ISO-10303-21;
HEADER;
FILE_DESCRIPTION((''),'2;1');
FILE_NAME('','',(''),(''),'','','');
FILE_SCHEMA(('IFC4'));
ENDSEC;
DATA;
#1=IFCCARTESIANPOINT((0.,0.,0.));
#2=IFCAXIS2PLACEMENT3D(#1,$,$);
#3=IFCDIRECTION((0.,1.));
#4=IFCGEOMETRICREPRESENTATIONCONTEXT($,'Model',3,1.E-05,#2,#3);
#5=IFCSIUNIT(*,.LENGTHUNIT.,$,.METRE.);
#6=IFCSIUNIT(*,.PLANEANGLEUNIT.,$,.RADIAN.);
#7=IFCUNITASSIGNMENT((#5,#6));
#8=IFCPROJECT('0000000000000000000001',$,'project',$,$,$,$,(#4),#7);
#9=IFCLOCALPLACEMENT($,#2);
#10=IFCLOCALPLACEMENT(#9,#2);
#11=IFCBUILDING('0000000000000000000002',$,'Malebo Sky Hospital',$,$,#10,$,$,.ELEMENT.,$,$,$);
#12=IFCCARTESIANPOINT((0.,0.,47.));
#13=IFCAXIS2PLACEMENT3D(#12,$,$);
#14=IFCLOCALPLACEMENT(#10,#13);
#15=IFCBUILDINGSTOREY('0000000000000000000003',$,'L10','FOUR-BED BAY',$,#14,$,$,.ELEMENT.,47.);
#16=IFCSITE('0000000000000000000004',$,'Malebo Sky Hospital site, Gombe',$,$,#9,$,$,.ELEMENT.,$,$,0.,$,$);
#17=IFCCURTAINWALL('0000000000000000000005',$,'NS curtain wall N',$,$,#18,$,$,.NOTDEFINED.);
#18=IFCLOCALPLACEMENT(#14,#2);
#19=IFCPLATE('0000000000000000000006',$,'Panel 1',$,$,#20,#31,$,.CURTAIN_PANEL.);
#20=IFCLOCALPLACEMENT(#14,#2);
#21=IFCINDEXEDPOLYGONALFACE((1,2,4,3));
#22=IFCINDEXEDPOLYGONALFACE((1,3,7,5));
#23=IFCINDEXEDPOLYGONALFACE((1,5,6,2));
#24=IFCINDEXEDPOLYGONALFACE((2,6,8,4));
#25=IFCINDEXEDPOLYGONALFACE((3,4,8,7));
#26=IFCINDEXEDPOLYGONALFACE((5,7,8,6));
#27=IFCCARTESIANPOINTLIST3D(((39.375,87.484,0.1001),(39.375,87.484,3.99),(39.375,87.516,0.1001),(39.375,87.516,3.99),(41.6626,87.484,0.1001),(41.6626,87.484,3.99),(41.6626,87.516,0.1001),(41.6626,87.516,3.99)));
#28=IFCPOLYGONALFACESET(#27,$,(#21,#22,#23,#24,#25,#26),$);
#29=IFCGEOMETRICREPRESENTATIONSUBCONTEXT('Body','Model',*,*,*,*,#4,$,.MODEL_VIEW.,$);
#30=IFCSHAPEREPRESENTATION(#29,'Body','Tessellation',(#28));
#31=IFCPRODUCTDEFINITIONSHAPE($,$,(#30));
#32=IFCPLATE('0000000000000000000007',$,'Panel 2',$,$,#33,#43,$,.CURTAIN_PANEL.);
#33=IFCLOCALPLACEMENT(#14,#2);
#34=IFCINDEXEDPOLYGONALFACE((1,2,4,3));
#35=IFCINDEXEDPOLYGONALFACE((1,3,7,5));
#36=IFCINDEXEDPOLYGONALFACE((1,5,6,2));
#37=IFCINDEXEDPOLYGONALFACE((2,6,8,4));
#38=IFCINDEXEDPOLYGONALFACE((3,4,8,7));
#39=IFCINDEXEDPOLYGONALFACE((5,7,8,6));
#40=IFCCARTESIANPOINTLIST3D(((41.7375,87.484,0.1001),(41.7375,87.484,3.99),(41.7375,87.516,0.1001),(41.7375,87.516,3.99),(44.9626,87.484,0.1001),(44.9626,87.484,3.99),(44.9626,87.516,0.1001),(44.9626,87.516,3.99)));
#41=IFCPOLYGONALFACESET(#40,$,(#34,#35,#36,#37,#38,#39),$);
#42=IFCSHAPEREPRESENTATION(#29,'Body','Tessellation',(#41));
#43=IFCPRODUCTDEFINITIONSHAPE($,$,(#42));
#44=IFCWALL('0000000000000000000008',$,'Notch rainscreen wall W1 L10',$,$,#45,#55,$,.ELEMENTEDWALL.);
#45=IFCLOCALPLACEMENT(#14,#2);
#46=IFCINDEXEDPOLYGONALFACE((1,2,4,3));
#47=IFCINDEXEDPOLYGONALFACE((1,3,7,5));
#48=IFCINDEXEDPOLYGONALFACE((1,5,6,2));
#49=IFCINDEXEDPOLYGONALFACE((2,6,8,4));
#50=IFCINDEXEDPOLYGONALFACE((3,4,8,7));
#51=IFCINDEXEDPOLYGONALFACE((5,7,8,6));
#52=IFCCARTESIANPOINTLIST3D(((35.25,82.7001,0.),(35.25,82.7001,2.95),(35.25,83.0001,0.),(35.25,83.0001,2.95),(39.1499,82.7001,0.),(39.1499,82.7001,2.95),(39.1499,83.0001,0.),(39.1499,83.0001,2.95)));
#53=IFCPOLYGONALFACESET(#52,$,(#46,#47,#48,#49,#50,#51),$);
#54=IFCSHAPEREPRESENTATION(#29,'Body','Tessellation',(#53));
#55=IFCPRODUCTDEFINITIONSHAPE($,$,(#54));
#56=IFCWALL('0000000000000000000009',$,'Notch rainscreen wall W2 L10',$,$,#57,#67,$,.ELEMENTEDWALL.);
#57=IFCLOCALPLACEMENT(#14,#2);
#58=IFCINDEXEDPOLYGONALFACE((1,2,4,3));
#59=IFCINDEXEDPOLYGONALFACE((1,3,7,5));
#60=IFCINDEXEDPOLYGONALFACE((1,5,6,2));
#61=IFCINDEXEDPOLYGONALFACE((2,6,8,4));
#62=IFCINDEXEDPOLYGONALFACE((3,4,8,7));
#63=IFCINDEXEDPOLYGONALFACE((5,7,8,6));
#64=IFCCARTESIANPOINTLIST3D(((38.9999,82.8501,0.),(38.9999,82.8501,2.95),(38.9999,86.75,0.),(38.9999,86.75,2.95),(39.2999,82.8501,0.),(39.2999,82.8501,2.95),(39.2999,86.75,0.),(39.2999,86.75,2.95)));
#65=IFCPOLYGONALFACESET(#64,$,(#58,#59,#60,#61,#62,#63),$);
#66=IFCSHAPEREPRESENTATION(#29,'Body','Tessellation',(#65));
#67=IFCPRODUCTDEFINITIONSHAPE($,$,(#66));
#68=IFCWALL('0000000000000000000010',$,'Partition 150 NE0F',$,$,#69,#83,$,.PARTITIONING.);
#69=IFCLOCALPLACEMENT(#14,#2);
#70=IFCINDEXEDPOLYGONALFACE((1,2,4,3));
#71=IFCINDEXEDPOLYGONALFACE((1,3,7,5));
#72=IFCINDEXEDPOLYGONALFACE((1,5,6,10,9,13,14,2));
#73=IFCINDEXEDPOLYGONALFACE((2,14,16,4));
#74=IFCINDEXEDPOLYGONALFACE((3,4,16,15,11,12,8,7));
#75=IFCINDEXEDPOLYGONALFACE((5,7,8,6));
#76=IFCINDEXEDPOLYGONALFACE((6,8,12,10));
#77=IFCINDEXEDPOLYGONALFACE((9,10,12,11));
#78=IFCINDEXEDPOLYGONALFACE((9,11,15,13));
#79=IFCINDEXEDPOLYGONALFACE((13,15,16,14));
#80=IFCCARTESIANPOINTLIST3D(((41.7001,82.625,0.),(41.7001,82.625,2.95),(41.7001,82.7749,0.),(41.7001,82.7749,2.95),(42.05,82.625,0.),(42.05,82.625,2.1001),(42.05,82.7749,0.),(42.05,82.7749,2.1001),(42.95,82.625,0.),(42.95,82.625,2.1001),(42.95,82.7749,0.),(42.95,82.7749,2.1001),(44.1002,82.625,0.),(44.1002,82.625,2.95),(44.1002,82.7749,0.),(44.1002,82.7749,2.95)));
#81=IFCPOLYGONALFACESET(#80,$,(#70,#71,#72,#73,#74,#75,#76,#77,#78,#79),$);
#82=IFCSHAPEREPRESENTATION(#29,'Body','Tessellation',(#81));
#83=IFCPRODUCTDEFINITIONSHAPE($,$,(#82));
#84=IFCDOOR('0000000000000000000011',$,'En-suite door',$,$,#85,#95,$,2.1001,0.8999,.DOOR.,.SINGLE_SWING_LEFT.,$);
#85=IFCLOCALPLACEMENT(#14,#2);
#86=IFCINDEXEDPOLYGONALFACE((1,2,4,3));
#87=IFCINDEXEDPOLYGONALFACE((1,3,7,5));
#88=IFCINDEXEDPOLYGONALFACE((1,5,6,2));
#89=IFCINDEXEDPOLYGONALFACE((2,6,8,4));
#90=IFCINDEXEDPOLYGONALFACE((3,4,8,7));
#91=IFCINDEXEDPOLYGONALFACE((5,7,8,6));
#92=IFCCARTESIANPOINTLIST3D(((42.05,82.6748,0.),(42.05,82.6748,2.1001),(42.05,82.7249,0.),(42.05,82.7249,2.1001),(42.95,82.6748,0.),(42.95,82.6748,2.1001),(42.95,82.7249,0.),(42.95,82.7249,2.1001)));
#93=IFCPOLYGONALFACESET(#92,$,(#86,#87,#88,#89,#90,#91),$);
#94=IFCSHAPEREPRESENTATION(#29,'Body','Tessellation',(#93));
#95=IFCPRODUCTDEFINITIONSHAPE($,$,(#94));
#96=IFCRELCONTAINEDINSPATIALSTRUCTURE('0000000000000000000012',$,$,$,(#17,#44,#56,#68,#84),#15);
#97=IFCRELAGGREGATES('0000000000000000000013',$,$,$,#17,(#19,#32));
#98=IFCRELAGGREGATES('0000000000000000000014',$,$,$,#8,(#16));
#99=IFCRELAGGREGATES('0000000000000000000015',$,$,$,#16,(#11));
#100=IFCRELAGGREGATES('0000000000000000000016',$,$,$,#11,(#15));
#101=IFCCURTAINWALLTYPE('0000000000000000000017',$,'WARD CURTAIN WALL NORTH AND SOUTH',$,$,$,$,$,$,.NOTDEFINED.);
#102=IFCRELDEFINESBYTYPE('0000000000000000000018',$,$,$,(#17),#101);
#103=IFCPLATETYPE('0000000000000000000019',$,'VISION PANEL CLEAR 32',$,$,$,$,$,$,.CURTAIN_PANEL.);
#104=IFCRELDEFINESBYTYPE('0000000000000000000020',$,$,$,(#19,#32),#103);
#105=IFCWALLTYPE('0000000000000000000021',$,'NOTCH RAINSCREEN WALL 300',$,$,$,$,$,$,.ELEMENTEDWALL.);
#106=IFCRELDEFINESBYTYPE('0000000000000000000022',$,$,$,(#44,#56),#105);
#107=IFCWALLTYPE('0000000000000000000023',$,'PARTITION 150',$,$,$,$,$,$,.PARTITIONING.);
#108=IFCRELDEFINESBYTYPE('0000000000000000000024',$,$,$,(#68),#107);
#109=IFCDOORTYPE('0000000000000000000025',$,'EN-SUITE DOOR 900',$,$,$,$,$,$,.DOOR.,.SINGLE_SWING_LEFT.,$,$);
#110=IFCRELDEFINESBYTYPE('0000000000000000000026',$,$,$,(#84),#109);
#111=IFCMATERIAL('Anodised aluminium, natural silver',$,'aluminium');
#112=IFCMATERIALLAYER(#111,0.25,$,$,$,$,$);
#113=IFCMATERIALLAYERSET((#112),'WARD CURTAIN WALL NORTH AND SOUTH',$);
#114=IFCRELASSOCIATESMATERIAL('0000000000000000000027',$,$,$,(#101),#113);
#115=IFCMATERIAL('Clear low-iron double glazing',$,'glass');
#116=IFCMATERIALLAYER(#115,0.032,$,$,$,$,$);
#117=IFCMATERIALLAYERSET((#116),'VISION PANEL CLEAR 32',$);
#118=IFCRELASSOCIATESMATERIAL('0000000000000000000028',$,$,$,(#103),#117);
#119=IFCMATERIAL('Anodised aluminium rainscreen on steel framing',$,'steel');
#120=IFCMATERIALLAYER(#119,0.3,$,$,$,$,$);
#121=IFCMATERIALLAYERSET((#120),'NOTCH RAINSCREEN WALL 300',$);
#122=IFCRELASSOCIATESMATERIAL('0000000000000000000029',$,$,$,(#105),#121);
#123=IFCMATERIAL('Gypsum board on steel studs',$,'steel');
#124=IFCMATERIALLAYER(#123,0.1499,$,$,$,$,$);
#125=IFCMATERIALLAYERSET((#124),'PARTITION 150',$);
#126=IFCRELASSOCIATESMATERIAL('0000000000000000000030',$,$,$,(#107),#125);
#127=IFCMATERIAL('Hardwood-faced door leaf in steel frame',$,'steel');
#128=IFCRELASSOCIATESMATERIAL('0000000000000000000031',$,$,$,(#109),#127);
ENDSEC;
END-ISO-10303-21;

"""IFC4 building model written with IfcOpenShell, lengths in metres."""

from ifc_helpers import new_model, si_unit, direction, frame, frame_2d, origin, origin_2d, place, context, subcontext, project, spatial, rectangle, extrude, material, layer, layer_set, type_object, element, fill, aggregate, save


model = new_model("IFC4")

# Units and contexts
model_context = context("Model", 3, precision=1e-05, world=origin(), true_north=direction((0.0, 1.0)))
body_context = subcontext(model_context, "Body", "Model", "MODEL_VIEW")
ifc_project = project(units=[si_unit("LENGTHUNIT", "METRE"), si_unit("PLANEANGLEUNIT", "RADIAN")], contexts=[model_context])

# Site, building, storey
site_placement = place(None, origin())
site = spatial("IfcSite", under=ifc_project, at=site_placement, Name="Malebo Sky Hospital site, Gombe", CompositionType="ELEMENT", RefElevation=0.0)
building_placement = place(site_placement, origin())
building = spatial("IfcBuilding", under=site, at=building_placement, Name="Malebo Sky Hospital", CompositionType="ELEMENT")
storey_placement = place(building_placement, frame((0.0, 0.0, 47.0)))
storey = spatial("IfcBuildingStorey", under=building, at=storey_placement, Name="L10", Description="FOUR-BED BAY", CompositionType="ELEMENT", Elevation=47.0)

# Curtain wall
ifc_material_1 = material(Name="Anodised aluminium, natural silver", Category="aluminium")
ifc_layer_1 = layer(ifc_material_1, 0.25)
ifc_layer_set_1 = layer_set([ifc_layer_1], Name="WARD CURTAIN WALL NORTH AND SOUTH")
curtain_wall_type_1 = type_object("IfcCurtainWallType", Name="WARD CURTAIN WALL NORTH AND SOUTH", PredefinedType="NOTDEFINED", material=ifc_layer_set_1)
curtain_wall_1_placement = place(storey_placement, origin())
curtain_wall_1 = element("IfcCurtainWall", 1, at=curtain_wall_1_placement, inside=storey, type_object=curtain_wall_type_1, Name="NS curtain wall N", PredefinedType="NOTDEFINED")

# Plates
ifc_material_2 = material(Name="Clear low-iron double glazing", Category="glass")
ifc_layer_2 = layer(ifc_material_2, 0.032)
ifc_layer_set_2 = layer_set([ifc_layer_2], Name="VISION PANEL CLEAR 32")
plate_type = type_object("IfcPlateType", Name="VISION PANEL CLEAR 32", PredefinedType="CURTAIN_PANEL", material=ifc_layer_set_2)
plate_1_placement = place(storey_placement, frame((40.5188, 87.5, 0.1001), z_axis=(0.0, 0.0, 1.0), x_axis=(1.0, 0.0, 0.0)))
plate_1 = element("IfcPlate", 2, at=plate_1_placement, type_object=plate_type, Name="Panel 1", PredefinedType="CURTAIN_PANEL", context=body_context, shape_type="SweptSolid", body=[
    extrude(rectangle(XDim=2.2876, YDim=0.032, at=origin_2d()), origin(), (0.0, 0.0, 1.0), 3.8899),
])
plate_2_placement = place(storey_placement, frame((43.3501, 87.5, 0.1001), z_axis=(0.0, 0.0, 1.0), x_axis=(1.0, 0.0, 0.0)))
plate_2 = element("IfcPlate", 3, at=plate_2_placement, type_object=plate_type, Name="Panel 2", PredefinedType="CURTAIN_PANEL", context=body_context, shape_type="SweptSolid", body=[
    extrude(rectangle(XDim=3.2251, YDim=0.032, at=origin_2d()), origin(), (0.0, 0.0, 1.0), 3.8899),
])
aggregate(curtain_wall_1, [plate_1, plate_2])

# Walls
ifc_material_3 = material(Name="Anodised aluminium rainscreen on steel framing", Category="steel")
ifc_layer_3 = layer(ifc_material_3, 0.3)
ifc_layer_set_3 = layer_set([ifc_layer_3], Name="NOTCH RAINSCREEN WALL 300")
wall_type_1 = type_object("IfcWallType", Name="NOTCH RAINSCREEN WALL 300", PredefinedType="ELEMENTEDWALL", material=ifc_layer_set_3)
for number, where, z_axis, x_axis, name in (
    (4, (35.25, 82.8501, 0.0), (0.0, 0.0, 1.0), (1.0, 0.0, 0.0), "Notch rainscreen wall W1 L10"),
    (5, (39.1499, 82.8501, 0.0), (0.0, 0.0, 1.0), (0.0, 1.0, 0.0), "Notch rainscreen wall W2 L10"),
):
    element("IfcWall", number, at=place(storey_placement, frame(where, z_axis=z_axis, x_axis=x_axis)), inside=storey, type_object=wall_type_1, Name=name, PredefinedType="ELEMENTEDWALL", context=body_context, shape_type="SweptSolid", body=[
        extrude(rectangle(XDim=3.8999, YDim=0.3, at=frame_2d((1.95, 0.0))), origin(), (0.0, 0.0, 1.0), 2.95),
    ])

# Wall, opening, door
ifc_material_4 = material(Name="Gypsum board on steel studs", Category="steel")
ifc_layer_4 = layer(ifc_material_4, 0.1499)
ifc_layer_set_4 = layer_set([ifc_layer_4], Name="PARTITION 150")
wall_type_2 = type_object("IfcWallType", Name="PARTITION 150", PredefinedType="PARTITIONING", material=ifc_layer_set_4)
wall_placement = place(storey_placement, frame((41.7, 82.7, 0.0), z_axis=(0.0, 0.0, 1.0), x_axis=(1.0, 0.0, 0.0)))
wall = element("IfcWall", 6, at=wall_placement, inside=storey, type_object=wall_type_2, Name="Partition 150 NE0F", PredefinedType="PARTITIONING", context=body_context, shape_type="SweptSolid", body=[
    extrude(rectangle(XDim=2.4001, YDim=0.1499, at=frame_2d((1.2002, 0.0))), origin(), (0.0, 0.0, 1.0), 2.95),
])
opening_placement = place(wall_placement, frame((0.3501, 0.0, 0.0)))
opening = element("IfcOpeningElement", 7, at=opening_placement, cuts=wall, PredefinedType="OPENING", context=body_context, shape_type="SweptSolid", body=[
    extrude(rectangle(XDim=0.8999, YDim=2.1001, at=frame_2d((0.45, 1.05))), frame((0.0, 0.085, 0.0), z_axis=(0.0, -1.0, 0.0), x_axis=(1.0, 0.0, 0.0)), (0.0, 0.0, 1.0), 0.1699),
])
ifc_material_5 = material(Name="Hardwood-faced door leaf in steel frame", Category="steel")
door_type = type_object("IfcDoorType", Name="EN-SUITE DOOR 900", OperationType="SINGLE_SWING_LEFT", PredefinedType="DOOR", material=ifc_material_5)
door_placement = place(opening_placement, origin())
door = element("IfcDoor", 8, at=door_placement, inside=storey, type_object=door_type, Name="En-suite door", OperationType="SINGLE_SWING_LEFT", OverallHeight=2.1001, OverallWidth=0.8999, PredefinedType="DOOR", context=body_context, shape_type="SweptSolid", body=[
    extrude(rectangle(XDim=0.8999, YDim=2.1001, at=frame_2d((0.45, 1.05))), frame((0.0, 0.0249, 0.0), z_axis=(0.0, -1.0, 0.0), x_axis=(1.0, 0.0, 0.0)), (0.0, 0.0, 1.0), 0.05),
])
fill(opening, door)

save(model, "model.ifc")
